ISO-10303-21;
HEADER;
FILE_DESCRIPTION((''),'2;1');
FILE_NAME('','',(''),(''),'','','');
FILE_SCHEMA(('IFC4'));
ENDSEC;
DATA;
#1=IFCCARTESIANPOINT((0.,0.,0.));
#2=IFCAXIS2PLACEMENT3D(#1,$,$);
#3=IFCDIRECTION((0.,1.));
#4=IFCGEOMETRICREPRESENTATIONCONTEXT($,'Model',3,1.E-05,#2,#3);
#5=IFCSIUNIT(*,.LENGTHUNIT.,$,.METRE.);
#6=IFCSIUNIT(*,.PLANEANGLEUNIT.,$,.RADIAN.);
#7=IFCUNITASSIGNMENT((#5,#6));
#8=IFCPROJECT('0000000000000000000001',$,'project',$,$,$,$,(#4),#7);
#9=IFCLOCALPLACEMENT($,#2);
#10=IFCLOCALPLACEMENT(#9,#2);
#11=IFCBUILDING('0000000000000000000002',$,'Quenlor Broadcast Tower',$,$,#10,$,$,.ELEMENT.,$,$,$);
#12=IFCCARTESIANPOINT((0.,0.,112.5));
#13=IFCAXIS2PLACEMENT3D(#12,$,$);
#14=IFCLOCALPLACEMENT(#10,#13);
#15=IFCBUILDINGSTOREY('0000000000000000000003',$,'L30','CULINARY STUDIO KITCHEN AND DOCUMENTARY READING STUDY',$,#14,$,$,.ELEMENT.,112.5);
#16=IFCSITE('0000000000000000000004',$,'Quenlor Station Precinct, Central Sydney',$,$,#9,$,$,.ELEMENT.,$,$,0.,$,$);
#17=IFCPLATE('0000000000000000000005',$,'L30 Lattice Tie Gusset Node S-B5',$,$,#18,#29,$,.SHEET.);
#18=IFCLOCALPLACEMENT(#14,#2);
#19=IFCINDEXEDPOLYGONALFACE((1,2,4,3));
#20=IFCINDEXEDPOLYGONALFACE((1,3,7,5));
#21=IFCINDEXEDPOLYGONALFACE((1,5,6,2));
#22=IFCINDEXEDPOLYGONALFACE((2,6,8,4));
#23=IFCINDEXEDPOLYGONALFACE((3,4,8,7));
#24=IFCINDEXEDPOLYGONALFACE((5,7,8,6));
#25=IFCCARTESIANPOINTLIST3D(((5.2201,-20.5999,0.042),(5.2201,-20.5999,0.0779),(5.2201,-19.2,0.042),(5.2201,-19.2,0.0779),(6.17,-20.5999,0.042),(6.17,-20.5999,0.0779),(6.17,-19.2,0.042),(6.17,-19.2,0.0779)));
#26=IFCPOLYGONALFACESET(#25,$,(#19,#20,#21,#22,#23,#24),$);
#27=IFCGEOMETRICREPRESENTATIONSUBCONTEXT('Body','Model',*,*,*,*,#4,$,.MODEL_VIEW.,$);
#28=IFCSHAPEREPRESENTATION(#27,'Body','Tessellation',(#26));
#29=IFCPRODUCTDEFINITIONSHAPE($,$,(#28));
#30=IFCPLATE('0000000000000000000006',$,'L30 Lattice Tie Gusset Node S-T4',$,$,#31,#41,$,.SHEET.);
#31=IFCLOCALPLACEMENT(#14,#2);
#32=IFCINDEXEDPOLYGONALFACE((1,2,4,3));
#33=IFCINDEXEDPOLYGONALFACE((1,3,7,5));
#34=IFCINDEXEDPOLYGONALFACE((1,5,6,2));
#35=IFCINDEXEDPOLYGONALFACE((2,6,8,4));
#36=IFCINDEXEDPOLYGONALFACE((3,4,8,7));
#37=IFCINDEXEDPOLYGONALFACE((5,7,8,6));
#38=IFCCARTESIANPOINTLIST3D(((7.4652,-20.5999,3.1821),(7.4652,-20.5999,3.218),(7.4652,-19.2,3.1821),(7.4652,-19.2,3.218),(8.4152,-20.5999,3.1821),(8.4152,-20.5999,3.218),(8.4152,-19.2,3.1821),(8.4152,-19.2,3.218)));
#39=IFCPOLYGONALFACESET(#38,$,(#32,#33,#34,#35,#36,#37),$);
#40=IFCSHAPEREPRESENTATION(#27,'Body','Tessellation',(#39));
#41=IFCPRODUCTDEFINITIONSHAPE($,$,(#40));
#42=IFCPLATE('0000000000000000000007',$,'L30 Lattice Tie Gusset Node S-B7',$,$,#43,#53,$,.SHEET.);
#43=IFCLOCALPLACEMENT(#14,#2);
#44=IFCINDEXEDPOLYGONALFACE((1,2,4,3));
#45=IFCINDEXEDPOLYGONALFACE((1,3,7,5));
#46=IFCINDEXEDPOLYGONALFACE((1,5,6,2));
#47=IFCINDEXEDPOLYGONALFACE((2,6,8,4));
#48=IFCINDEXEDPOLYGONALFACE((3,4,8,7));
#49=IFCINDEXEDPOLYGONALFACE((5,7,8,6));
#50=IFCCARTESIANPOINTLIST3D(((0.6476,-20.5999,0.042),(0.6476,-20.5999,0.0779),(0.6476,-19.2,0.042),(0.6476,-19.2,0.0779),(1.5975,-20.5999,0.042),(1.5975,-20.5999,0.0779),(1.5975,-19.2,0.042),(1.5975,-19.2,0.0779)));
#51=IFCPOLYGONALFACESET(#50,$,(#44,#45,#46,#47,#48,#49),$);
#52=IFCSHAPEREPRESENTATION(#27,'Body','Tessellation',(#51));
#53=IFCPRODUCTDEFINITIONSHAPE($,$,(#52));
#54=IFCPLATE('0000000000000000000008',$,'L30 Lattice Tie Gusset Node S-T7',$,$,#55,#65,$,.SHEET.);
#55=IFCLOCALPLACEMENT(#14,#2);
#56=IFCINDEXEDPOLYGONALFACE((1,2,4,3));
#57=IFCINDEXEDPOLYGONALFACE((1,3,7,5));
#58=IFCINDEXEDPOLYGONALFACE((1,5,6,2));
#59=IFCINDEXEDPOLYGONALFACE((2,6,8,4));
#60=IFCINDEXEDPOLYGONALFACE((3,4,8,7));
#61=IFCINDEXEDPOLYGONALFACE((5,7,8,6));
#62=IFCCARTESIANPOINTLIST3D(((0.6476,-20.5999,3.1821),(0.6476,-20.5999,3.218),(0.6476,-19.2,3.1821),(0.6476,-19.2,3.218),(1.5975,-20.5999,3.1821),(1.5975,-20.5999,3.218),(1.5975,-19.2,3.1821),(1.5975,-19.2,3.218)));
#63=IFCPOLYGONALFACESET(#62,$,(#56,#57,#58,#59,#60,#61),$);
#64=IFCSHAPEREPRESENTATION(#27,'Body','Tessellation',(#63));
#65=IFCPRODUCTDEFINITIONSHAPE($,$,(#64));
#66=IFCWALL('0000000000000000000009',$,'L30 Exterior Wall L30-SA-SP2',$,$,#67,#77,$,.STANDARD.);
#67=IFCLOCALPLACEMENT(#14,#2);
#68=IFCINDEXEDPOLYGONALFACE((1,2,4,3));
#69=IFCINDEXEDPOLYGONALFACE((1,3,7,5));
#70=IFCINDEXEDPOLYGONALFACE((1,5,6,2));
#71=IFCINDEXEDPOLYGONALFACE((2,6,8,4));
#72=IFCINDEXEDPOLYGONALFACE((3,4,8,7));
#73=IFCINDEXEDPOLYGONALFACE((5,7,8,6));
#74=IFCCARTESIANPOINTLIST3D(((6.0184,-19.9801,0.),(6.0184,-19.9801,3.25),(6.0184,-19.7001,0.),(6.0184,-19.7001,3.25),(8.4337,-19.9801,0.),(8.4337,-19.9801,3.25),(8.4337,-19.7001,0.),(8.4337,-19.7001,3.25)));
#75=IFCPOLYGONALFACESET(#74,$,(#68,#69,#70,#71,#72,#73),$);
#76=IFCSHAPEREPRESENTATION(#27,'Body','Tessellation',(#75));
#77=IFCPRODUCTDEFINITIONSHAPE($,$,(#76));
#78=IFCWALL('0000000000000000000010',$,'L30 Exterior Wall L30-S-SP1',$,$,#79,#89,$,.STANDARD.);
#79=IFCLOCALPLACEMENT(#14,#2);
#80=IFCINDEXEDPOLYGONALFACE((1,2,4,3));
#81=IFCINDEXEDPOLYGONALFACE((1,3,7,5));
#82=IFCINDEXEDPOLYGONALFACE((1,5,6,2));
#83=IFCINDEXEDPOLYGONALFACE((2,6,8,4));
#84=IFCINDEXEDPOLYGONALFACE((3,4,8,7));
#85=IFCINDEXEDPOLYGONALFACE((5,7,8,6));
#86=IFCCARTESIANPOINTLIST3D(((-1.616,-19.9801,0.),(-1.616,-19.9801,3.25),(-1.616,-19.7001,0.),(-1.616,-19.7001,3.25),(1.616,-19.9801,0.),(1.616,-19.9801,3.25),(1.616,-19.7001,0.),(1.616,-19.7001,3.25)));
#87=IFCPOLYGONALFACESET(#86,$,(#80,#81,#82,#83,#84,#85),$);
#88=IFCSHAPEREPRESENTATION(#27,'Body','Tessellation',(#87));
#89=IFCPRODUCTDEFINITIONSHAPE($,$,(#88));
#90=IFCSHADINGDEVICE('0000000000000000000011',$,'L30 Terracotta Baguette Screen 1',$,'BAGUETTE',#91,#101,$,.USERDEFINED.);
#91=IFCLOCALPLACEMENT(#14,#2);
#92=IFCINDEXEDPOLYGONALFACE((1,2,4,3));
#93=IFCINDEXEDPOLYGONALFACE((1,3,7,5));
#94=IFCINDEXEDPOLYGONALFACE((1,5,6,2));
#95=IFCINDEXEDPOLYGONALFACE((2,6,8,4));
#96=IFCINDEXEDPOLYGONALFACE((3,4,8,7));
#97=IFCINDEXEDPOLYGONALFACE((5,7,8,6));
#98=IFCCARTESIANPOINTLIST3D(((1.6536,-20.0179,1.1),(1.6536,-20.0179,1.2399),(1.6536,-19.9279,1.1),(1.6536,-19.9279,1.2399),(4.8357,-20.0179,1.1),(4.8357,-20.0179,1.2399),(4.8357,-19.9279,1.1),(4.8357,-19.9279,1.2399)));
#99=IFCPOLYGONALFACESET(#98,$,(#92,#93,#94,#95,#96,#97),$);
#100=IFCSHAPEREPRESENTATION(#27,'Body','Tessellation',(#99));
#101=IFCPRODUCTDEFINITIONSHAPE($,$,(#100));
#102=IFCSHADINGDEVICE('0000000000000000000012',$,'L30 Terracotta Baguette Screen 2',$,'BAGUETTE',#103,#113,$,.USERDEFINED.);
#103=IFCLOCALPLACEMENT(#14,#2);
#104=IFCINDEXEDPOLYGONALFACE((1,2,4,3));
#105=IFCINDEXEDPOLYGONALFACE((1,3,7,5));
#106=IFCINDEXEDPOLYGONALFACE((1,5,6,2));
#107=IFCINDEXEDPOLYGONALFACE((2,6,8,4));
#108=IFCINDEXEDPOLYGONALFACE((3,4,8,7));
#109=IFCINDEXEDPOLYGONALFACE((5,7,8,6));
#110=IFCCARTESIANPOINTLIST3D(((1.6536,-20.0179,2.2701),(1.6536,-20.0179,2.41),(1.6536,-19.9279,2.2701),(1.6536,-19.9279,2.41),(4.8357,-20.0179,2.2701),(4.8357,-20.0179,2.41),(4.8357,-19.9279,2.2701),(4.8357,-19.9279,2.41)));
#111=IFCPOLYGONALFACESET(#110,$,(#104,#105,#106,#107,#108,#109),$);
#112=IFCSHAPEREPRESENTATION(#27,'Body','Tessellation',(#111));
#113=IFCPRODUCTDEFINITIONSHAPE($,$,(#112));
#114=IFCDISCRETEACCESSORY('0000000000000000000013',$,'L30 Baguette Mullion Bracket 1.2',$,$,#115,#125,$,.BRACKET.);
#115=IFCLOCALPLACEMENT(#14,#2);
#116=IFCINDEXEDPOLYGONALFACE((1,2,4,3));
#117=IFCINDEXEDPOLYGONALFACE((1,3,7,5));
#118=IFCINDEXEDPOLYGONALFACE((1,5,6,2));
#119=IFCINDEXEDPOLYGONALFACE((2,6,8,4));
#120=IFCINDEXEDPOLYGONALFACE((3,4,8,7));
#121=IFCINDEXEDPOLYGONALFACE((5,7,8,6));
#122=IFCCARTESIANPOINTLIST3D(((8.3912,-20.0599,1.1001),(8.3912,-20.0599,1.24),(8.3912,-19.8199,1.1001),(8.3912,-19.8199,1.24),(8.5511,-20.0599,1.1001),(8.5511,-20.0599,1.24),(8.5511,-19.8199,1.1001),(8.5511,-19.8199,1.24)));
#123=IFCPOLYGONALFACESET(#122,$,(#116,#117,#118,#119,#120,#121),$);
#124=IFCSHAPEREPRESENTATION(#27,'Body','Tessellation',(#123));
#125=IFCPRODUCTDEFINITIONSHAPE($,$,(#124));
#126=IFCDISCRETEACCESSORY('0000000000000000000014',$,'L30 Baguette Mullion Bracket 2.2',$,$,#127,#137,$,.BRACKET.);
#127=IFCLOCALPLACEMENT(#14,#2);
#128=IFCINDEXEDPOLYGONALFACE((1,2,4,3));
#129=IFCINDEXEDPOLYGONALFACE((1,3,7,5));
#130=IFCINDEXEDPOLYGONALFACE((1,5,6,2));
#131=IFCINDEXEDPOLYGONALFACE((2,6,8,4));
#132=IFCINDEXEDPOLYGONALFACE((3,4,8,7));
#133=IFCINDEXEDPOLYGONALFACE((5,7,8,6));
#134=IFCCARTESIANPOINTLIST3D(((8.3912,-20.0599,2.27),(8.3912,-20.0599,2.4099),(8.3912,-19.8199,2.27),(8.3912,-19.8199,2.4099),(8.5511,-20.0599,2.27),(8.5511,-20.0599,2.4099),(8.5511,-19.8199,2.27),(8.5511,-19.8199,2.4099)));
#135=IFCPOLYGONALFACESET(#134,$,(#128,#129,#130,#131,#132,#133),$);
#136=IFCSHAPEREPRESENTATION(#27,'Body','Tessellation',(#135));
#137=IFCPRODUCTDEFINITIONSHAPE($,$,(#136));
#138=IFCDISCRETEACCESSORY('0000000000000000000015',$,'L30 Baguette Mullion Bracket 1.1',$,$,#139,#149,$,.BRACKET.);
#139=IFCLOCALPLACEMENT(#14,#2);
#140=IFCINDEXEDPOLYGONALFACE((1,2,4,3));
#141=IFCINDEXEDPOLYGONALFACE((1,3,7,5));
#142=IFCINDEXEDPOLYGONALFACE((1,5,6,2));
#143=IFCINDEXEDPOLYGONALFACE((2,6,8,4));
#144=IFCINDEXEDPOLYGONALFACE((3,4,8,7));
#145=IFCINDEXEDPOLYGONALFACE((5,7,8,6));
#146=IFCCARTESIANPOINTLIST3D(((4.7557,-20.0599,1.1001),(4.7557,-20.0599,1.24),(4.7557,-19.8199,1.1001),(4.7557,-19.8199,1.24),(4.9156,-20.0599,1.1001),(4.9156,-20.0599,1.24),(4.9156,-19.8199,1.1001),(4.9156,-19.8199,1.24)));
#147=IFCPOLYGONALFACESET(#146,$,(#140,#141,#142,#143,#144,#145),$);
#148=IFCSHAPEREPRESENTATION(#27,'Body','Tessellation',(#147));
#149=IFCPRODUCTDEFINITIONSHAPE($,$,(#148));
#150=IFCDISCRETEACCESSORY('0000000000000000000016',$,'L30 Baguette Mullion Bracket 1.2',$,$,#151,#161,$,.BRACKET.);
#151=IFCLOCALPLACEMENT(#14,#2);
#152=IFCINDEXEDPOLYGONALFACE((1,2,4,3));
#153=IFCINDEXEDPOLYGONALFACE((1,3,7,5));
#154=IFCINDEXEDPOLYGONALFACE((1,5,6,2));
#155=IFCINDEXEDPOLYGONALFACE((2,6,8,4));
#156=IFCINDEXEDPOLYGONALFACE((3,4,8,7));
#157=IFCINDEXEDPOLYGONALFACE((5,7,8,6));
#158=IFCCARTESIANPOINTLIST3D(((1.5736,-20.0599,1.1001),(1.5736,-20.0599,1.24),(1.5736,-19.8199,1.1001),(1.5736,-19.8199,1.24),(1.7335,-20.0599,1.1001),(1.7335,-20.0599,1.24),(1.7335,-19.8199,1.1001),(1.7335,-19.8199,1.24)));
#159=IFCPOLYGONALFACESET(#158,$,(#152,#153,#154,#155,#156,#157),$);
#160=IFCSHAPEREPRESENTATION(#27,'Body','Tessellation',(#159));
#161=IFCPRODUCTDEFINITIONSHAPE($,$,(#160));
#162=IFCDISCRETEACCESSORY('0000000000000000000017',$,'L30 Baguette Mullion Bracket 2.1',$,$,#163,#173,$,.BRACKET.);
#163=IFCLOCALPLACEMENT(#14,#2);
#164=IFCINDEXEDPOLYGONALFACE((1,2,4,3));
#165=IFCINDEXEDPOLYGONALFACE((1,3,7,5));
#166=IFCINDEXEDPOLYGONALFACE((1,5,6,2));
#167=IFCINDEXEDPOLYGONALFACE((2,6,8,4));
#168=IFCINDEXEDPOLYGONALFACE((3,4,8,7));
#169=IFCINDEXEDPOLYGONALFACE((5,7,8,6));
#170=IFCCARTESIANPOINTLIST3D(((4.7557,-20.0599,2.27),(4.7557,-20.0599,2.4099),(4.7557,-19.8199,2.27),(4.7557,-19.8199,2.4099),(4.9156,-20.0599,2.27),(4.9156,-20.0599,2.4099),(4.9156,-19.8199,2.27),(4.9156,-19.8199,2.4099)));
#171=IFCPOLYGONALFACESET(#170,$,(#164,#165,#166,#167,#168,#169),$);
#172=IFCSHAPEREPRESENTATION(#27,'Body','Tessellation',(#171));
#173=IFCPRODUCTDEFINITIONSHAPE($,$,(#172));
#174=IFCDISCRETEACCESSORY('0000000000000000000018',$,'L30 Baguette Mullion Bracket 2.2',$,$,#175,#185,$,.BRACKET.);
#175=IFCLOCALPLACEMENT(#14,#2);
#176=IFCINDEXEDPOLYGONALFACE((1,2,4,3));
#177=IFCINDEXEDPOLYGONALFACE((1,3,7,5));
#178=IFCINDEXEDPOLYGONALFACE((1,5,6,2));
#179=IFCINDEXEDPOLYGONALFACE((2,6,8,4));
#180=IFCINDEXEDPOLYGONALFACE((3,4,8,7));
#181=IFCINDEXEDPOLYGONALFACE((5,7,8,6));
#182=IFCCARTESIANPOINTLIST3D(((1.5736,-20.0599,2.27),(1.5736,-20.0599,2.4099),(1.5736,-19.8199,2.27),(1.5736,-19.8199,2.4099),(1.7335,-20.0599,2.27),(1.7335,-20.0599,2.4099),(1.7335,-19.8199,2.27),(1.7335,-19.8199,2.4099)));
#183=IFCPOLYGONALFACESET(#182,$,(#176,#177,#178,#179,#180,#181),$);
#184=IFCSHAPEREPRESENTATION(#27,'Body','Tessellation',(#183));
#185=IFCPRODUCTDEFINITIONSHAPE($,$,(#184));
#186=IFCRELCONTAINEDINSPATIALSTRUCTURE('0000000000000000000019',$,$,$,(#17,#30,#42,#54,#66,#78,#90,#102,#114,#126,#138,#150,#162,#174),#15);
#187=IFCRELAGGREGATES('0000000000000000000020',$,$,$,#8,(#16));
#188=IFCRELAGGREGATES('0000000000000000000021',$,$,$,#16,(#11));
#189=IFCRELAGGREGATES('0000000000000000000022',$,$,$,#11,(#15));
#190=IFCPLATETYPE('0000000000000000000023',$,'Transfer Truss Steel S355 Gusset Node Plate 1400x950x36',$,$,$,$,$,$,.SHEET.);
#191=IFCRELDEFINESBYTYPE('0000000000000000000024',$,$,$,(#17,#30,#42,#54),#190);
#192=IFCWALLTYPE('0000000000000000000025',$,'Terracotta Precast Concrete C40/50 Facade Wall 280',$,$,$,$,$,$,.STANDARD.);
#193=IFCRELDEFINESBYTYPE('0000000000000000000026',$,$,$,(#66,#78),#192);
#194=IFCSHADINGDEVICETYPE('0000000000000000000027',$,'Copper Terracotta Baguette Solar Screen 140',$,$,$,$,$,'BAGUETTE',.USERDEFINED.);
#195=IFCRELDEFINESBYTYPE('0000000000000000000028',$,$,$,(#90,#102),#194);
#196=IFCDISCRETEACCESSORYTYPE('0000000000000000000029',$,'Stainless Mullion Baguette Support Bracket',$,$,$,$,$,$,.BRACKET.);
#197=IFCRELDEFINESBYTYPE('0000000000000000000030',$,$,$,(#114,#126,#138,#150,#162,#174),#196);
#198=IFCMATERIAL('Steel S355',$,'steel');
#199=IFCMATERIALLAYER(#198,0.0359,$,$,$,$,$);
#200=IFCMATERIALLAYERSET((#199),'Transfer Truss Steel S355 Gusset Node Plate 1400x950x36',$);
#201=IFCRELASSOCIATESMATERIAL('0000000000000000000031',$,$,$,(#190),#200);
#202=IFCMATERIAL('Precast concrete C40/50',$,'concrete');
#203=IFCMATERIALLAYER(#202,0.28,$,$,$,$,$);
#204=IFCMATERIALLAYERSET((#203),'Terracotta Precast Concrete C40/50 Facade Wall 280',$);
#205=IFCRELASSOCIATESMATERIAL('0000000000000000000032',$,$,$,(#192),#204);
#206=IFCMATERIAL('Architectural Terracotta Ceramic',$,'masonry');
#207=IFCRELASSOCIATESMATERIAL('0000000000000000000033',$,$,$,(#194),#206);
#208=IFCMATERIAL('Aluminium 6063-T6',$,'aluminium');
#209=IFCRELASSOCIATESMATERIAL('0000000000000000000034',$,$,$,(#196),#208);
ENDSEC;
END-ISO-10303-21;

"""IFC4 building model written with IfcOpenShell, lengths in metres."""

from ifc_helpers import new_model, si_unit, direction, frame, frame_2d, origin, origin_2d, place, context, subcontext, project, spatial, rectangle, extrude, material, layer, layer_set, material_profile, profile_set, type_object, element, save


model = new_model("IFC4")

# Units and contexts
model_context = context("Model", 3, precision=1e-05, world=origin(), true_north=direction((0.0, 1.0)))
body_context = subcontext(model_context, "Body", "Model", "MODEL_VIEW")
ifc_project = project(units=[si_unit("LENGTHUNIT", "METRE"), si_unit("PLANEANGLEUNIT", "RADIAN")], contexts=[model_context])

# Site, building, storey
site_placement = place(None, origin())
site = spatial("IfcSite", under=ifc_project, at=site_placement, Name="Quenlor Station Precinct, Central Sydney", CompositionType="ELEMENT", RefElevation=0.0)
building_placement = place(site_placement, origin())
building = spatial("IfcBuilding", under=site, at=building_placement, Name="Quenlor Broadcast Tower", CompositionType="ELEMENT")
storey_placement = place(building_placement, frame((0.0, 0.0, 112.5)))
storey = spatial("IfcBuildingStorey", under=building, at=storey_placement, Name="L30", Description="CULINARY STUDIO KITCHEN AND DOCUMENTARY READING STUDY", CompositionType="ELEMENT", Elevation=112.5)

# Plates
ifc_material_1 = material(Name="Steel S355", Category="steel")
ifc_layer_1 = layer(ifc_material_1, 0.0359)
ifc_layer_set_1 = layer_set([ifc_layer_1], Name="Transfer Truss Steel S355 Gusset Node Plate 1400x950x36")
plate_type_1 = type_object("IfcPlateType", Name="Transfer Truss Steel S355 Gusset Node Plate 1400x950x36", PredefinedType="SHEET", material=ifc_layer_set_1)
for number, where, z_axis, x_axis, name in (
    (1, (5.6951, -19.8999, 0.042), (0.0, 0.0, 1.0), (0.0, -1.0, 0.0), "L30 Lattice Tie Gusset Node S-B5"),
    (2, (7.9402, -19.8999, 3.1821), (0.0, 0.0, 1.0), (0.0, -1.0, 0.0), "L30 Lattice Tie Gusset Node S-T4"),
    (3, (1.1226, -19.8999, 0.042), (0.0, 0.0, 1.0), (0.0, -1.0, 0.0), "L30 Lattice Tie Gusset Node S-B7"),
    (4, (1.1226, -19.8999, 3.1821), (0.0, 0.0, 1.0), (0.0, -1.0, 0.0), "L30 Lattice Tie Gusset Node S-T7"),
):
    element("IfcPlate", number, at=place(storey_placement, frame(where, z_axis=z_axis, x_axis=x_axis)), inside=storey, type_object=plate_type_1, Name=name, PredefinedType="SHEET", context=body_context, shape_type="SweptSolid", body=[
        extrude(rectangle(XDim=1.3999, YDim=0.95, at=origin_2d()), origin(), (0.0, 0.0, 1.0), 0.0359),
    ])

# Walls
ifc_material_2 = material(Name="Precast concrete C40/50", Category="concrete")
ifc_layer_2 = layer(ifc_material_2, 0.28)
ifc_layer_set_2 = layer_set([ifc_layer_2], Name="Terracotta Precast Concrete C40/50 Facade Wall 280")
wall_type = type_object("IfcWallType", Name="Terracotta Precast Concrete C40/50 Facade Wall 280", PredefinedType="STANDARD", material=ifc_layer_set_2)
wall_1_placement = place(storey_placement, frame((8.4336, -19.8401, 0.0), z_axis=(0.0, 0.0, 1.0), x_axis=(-1.0, 0.0, 0.0)))
element("IfcWall", 5, at=wall_1_placement, inside=storey, type_object=wall_type, Name="L30 Exterior Wall L30-SA-SP2", PredefinedType="STANDARD", context=body_context, shape_type="SweptSolid", body=[
    extrude(rectangle(XDim=2.4153, YDim=0.28, at=frame_2d((1.2075, 0.0))), origin(), (0.0, 0.0, 1.0), 3.25),
])
wall_2_placement = place(storey_placement, frame((1.616, -19.8401, 0.0), z_axis=(0.0, 0.0, 1.0), x_axis=(-1.0, 0.0, 0.0)))
element("IfcWall", 6, at=wall_2_placement, inside=storey, type_object=wall_type, Name="L30 Exterior Wall L30-S-SP1", PredefinedType="STANDARD", context=body_context, shape_type="SweptSolid", body=[
    extrude(rectangle(XDim=3.2319, YDim=0.28, at=frame_2d((1.616, 0.0))), origin(), (0.0, 0.0, 1.0), 3.25),
])

# Shading devices
ifc_material_3 = material(Name="Architectural Terracotta Ceramic", Category="masonry")
ifc_material_profile_1 = material_profile(ifc_material_3, rectangle(XDim=0.0901, YDim=0.1399, at=origin_2d()))
ifc_profile_set_1 = profile_set([ifc_material_profile_1], Name="Architectural Terracotta Ceramic BAG90x140")
shading_device_type = type_object("IfcShadingDeviceType", Name="Copper Terracotta Baguette Solar Screen 140", ElementType="BAGUETTE", PredefinedType="USERDEFINED", material=ifc_profile_set_1)
for number, where, z_axis, x_axis, name in (
    (7, (4.8357, -19.9729, 1.1699), (-1.0, 0.0, 0.0), (0.0, -1.0, 0.0), "L30 Terracotta Baguette Screen 1"),
    (8, (4.8357, -19.9729, 2.3401), (-1.0, 0.0, 0.0), (0.0, -1.0, 0.0), "L30 Terracotta Baguette Screen 2"),
):
    element("IfcShadingDevice", number, at=place(storey_placement, frame(where, z_axis=z_axis, x_axis=x_axis)), inside=storey, type_object=shading_device_type, Name=name, ObjectType="BAGUETTE", PredefinedType="USERDEFINED", context=body_context, shape_type="SweptSolid", body=[
        extrude(rectangle(XDim=0.0901, YDim=0.1399, at=origin_2d()), origin(), (0.0, 0.0, 1.0), 3.1821),
    ])

# Discrete accessories
ifc_material_4 = material(Name="Aluminium 6063-T6", Category="aluminium")
discrete_accessory_type = type_object("IfcDiscreteAccessoryType", Name="Stainless Mullion Baguette Support Bracket", PredefinedType="BRACKET", material=ifc_material_4)
for number, where, z_axis, x_axis, name in (
    (9, (8.4712, -19.9399, 1.1001), (0.0, 0.0, 1.0), (-1.0, 0.0, 0.0), "L30 Baguette Mullion Bracket 1.2"),
    (10, (8.4712, -19.9399, 2.27), (0.0, 0.0, 1.0), (-1.0, 0.0, 0.0), "L30 Baguette Mullion Bracket 2.2"),
    (11, (4.8357, -19.9399, 1.1001), (0.0, 0.0, 1.0), (-1.0, 0.0, 0.0), "L30 Baguette Mullion Bracket 1.1"),
    (12, (1.6536, -19.9399, 1.1001), (0.0, 0.0, 1.0), (-1.0, 0.0, 0.0), "L30 Baguette Mullion Bracket 1.2"),
    (13, (4.8357, -19.9399, 2.27), (0.0, 0.0, 1.0), (-1.0, 0.0, 0.0), "L30 Baguette Mullion Bracket 2.1"),
    (14, (1.6536, -19.9399, 2.27), (0.0, 0.0, 1.0), (-1.0, 0.0, 0.0), "L30 Baguette Mullion Bracket 2.2"),
):
    element("IfcDiscreteAccessory", number, at=place(storey_placement, frame(where, z_axis=z_axis, x_axis=x_axis)), inside=storey, type_object=discrete_accessory_type, Name=name, PredefinedType="BRACKET", context=body_context, shape_type="SweptSolid", body=[
        extrude(rectangle(XDim=0.1599, YDim=0.24, at=origin_2d()), origin(), (0.0, 0.0, 1.0), 0.1399),
    ])

save(model, "model.ifc")
